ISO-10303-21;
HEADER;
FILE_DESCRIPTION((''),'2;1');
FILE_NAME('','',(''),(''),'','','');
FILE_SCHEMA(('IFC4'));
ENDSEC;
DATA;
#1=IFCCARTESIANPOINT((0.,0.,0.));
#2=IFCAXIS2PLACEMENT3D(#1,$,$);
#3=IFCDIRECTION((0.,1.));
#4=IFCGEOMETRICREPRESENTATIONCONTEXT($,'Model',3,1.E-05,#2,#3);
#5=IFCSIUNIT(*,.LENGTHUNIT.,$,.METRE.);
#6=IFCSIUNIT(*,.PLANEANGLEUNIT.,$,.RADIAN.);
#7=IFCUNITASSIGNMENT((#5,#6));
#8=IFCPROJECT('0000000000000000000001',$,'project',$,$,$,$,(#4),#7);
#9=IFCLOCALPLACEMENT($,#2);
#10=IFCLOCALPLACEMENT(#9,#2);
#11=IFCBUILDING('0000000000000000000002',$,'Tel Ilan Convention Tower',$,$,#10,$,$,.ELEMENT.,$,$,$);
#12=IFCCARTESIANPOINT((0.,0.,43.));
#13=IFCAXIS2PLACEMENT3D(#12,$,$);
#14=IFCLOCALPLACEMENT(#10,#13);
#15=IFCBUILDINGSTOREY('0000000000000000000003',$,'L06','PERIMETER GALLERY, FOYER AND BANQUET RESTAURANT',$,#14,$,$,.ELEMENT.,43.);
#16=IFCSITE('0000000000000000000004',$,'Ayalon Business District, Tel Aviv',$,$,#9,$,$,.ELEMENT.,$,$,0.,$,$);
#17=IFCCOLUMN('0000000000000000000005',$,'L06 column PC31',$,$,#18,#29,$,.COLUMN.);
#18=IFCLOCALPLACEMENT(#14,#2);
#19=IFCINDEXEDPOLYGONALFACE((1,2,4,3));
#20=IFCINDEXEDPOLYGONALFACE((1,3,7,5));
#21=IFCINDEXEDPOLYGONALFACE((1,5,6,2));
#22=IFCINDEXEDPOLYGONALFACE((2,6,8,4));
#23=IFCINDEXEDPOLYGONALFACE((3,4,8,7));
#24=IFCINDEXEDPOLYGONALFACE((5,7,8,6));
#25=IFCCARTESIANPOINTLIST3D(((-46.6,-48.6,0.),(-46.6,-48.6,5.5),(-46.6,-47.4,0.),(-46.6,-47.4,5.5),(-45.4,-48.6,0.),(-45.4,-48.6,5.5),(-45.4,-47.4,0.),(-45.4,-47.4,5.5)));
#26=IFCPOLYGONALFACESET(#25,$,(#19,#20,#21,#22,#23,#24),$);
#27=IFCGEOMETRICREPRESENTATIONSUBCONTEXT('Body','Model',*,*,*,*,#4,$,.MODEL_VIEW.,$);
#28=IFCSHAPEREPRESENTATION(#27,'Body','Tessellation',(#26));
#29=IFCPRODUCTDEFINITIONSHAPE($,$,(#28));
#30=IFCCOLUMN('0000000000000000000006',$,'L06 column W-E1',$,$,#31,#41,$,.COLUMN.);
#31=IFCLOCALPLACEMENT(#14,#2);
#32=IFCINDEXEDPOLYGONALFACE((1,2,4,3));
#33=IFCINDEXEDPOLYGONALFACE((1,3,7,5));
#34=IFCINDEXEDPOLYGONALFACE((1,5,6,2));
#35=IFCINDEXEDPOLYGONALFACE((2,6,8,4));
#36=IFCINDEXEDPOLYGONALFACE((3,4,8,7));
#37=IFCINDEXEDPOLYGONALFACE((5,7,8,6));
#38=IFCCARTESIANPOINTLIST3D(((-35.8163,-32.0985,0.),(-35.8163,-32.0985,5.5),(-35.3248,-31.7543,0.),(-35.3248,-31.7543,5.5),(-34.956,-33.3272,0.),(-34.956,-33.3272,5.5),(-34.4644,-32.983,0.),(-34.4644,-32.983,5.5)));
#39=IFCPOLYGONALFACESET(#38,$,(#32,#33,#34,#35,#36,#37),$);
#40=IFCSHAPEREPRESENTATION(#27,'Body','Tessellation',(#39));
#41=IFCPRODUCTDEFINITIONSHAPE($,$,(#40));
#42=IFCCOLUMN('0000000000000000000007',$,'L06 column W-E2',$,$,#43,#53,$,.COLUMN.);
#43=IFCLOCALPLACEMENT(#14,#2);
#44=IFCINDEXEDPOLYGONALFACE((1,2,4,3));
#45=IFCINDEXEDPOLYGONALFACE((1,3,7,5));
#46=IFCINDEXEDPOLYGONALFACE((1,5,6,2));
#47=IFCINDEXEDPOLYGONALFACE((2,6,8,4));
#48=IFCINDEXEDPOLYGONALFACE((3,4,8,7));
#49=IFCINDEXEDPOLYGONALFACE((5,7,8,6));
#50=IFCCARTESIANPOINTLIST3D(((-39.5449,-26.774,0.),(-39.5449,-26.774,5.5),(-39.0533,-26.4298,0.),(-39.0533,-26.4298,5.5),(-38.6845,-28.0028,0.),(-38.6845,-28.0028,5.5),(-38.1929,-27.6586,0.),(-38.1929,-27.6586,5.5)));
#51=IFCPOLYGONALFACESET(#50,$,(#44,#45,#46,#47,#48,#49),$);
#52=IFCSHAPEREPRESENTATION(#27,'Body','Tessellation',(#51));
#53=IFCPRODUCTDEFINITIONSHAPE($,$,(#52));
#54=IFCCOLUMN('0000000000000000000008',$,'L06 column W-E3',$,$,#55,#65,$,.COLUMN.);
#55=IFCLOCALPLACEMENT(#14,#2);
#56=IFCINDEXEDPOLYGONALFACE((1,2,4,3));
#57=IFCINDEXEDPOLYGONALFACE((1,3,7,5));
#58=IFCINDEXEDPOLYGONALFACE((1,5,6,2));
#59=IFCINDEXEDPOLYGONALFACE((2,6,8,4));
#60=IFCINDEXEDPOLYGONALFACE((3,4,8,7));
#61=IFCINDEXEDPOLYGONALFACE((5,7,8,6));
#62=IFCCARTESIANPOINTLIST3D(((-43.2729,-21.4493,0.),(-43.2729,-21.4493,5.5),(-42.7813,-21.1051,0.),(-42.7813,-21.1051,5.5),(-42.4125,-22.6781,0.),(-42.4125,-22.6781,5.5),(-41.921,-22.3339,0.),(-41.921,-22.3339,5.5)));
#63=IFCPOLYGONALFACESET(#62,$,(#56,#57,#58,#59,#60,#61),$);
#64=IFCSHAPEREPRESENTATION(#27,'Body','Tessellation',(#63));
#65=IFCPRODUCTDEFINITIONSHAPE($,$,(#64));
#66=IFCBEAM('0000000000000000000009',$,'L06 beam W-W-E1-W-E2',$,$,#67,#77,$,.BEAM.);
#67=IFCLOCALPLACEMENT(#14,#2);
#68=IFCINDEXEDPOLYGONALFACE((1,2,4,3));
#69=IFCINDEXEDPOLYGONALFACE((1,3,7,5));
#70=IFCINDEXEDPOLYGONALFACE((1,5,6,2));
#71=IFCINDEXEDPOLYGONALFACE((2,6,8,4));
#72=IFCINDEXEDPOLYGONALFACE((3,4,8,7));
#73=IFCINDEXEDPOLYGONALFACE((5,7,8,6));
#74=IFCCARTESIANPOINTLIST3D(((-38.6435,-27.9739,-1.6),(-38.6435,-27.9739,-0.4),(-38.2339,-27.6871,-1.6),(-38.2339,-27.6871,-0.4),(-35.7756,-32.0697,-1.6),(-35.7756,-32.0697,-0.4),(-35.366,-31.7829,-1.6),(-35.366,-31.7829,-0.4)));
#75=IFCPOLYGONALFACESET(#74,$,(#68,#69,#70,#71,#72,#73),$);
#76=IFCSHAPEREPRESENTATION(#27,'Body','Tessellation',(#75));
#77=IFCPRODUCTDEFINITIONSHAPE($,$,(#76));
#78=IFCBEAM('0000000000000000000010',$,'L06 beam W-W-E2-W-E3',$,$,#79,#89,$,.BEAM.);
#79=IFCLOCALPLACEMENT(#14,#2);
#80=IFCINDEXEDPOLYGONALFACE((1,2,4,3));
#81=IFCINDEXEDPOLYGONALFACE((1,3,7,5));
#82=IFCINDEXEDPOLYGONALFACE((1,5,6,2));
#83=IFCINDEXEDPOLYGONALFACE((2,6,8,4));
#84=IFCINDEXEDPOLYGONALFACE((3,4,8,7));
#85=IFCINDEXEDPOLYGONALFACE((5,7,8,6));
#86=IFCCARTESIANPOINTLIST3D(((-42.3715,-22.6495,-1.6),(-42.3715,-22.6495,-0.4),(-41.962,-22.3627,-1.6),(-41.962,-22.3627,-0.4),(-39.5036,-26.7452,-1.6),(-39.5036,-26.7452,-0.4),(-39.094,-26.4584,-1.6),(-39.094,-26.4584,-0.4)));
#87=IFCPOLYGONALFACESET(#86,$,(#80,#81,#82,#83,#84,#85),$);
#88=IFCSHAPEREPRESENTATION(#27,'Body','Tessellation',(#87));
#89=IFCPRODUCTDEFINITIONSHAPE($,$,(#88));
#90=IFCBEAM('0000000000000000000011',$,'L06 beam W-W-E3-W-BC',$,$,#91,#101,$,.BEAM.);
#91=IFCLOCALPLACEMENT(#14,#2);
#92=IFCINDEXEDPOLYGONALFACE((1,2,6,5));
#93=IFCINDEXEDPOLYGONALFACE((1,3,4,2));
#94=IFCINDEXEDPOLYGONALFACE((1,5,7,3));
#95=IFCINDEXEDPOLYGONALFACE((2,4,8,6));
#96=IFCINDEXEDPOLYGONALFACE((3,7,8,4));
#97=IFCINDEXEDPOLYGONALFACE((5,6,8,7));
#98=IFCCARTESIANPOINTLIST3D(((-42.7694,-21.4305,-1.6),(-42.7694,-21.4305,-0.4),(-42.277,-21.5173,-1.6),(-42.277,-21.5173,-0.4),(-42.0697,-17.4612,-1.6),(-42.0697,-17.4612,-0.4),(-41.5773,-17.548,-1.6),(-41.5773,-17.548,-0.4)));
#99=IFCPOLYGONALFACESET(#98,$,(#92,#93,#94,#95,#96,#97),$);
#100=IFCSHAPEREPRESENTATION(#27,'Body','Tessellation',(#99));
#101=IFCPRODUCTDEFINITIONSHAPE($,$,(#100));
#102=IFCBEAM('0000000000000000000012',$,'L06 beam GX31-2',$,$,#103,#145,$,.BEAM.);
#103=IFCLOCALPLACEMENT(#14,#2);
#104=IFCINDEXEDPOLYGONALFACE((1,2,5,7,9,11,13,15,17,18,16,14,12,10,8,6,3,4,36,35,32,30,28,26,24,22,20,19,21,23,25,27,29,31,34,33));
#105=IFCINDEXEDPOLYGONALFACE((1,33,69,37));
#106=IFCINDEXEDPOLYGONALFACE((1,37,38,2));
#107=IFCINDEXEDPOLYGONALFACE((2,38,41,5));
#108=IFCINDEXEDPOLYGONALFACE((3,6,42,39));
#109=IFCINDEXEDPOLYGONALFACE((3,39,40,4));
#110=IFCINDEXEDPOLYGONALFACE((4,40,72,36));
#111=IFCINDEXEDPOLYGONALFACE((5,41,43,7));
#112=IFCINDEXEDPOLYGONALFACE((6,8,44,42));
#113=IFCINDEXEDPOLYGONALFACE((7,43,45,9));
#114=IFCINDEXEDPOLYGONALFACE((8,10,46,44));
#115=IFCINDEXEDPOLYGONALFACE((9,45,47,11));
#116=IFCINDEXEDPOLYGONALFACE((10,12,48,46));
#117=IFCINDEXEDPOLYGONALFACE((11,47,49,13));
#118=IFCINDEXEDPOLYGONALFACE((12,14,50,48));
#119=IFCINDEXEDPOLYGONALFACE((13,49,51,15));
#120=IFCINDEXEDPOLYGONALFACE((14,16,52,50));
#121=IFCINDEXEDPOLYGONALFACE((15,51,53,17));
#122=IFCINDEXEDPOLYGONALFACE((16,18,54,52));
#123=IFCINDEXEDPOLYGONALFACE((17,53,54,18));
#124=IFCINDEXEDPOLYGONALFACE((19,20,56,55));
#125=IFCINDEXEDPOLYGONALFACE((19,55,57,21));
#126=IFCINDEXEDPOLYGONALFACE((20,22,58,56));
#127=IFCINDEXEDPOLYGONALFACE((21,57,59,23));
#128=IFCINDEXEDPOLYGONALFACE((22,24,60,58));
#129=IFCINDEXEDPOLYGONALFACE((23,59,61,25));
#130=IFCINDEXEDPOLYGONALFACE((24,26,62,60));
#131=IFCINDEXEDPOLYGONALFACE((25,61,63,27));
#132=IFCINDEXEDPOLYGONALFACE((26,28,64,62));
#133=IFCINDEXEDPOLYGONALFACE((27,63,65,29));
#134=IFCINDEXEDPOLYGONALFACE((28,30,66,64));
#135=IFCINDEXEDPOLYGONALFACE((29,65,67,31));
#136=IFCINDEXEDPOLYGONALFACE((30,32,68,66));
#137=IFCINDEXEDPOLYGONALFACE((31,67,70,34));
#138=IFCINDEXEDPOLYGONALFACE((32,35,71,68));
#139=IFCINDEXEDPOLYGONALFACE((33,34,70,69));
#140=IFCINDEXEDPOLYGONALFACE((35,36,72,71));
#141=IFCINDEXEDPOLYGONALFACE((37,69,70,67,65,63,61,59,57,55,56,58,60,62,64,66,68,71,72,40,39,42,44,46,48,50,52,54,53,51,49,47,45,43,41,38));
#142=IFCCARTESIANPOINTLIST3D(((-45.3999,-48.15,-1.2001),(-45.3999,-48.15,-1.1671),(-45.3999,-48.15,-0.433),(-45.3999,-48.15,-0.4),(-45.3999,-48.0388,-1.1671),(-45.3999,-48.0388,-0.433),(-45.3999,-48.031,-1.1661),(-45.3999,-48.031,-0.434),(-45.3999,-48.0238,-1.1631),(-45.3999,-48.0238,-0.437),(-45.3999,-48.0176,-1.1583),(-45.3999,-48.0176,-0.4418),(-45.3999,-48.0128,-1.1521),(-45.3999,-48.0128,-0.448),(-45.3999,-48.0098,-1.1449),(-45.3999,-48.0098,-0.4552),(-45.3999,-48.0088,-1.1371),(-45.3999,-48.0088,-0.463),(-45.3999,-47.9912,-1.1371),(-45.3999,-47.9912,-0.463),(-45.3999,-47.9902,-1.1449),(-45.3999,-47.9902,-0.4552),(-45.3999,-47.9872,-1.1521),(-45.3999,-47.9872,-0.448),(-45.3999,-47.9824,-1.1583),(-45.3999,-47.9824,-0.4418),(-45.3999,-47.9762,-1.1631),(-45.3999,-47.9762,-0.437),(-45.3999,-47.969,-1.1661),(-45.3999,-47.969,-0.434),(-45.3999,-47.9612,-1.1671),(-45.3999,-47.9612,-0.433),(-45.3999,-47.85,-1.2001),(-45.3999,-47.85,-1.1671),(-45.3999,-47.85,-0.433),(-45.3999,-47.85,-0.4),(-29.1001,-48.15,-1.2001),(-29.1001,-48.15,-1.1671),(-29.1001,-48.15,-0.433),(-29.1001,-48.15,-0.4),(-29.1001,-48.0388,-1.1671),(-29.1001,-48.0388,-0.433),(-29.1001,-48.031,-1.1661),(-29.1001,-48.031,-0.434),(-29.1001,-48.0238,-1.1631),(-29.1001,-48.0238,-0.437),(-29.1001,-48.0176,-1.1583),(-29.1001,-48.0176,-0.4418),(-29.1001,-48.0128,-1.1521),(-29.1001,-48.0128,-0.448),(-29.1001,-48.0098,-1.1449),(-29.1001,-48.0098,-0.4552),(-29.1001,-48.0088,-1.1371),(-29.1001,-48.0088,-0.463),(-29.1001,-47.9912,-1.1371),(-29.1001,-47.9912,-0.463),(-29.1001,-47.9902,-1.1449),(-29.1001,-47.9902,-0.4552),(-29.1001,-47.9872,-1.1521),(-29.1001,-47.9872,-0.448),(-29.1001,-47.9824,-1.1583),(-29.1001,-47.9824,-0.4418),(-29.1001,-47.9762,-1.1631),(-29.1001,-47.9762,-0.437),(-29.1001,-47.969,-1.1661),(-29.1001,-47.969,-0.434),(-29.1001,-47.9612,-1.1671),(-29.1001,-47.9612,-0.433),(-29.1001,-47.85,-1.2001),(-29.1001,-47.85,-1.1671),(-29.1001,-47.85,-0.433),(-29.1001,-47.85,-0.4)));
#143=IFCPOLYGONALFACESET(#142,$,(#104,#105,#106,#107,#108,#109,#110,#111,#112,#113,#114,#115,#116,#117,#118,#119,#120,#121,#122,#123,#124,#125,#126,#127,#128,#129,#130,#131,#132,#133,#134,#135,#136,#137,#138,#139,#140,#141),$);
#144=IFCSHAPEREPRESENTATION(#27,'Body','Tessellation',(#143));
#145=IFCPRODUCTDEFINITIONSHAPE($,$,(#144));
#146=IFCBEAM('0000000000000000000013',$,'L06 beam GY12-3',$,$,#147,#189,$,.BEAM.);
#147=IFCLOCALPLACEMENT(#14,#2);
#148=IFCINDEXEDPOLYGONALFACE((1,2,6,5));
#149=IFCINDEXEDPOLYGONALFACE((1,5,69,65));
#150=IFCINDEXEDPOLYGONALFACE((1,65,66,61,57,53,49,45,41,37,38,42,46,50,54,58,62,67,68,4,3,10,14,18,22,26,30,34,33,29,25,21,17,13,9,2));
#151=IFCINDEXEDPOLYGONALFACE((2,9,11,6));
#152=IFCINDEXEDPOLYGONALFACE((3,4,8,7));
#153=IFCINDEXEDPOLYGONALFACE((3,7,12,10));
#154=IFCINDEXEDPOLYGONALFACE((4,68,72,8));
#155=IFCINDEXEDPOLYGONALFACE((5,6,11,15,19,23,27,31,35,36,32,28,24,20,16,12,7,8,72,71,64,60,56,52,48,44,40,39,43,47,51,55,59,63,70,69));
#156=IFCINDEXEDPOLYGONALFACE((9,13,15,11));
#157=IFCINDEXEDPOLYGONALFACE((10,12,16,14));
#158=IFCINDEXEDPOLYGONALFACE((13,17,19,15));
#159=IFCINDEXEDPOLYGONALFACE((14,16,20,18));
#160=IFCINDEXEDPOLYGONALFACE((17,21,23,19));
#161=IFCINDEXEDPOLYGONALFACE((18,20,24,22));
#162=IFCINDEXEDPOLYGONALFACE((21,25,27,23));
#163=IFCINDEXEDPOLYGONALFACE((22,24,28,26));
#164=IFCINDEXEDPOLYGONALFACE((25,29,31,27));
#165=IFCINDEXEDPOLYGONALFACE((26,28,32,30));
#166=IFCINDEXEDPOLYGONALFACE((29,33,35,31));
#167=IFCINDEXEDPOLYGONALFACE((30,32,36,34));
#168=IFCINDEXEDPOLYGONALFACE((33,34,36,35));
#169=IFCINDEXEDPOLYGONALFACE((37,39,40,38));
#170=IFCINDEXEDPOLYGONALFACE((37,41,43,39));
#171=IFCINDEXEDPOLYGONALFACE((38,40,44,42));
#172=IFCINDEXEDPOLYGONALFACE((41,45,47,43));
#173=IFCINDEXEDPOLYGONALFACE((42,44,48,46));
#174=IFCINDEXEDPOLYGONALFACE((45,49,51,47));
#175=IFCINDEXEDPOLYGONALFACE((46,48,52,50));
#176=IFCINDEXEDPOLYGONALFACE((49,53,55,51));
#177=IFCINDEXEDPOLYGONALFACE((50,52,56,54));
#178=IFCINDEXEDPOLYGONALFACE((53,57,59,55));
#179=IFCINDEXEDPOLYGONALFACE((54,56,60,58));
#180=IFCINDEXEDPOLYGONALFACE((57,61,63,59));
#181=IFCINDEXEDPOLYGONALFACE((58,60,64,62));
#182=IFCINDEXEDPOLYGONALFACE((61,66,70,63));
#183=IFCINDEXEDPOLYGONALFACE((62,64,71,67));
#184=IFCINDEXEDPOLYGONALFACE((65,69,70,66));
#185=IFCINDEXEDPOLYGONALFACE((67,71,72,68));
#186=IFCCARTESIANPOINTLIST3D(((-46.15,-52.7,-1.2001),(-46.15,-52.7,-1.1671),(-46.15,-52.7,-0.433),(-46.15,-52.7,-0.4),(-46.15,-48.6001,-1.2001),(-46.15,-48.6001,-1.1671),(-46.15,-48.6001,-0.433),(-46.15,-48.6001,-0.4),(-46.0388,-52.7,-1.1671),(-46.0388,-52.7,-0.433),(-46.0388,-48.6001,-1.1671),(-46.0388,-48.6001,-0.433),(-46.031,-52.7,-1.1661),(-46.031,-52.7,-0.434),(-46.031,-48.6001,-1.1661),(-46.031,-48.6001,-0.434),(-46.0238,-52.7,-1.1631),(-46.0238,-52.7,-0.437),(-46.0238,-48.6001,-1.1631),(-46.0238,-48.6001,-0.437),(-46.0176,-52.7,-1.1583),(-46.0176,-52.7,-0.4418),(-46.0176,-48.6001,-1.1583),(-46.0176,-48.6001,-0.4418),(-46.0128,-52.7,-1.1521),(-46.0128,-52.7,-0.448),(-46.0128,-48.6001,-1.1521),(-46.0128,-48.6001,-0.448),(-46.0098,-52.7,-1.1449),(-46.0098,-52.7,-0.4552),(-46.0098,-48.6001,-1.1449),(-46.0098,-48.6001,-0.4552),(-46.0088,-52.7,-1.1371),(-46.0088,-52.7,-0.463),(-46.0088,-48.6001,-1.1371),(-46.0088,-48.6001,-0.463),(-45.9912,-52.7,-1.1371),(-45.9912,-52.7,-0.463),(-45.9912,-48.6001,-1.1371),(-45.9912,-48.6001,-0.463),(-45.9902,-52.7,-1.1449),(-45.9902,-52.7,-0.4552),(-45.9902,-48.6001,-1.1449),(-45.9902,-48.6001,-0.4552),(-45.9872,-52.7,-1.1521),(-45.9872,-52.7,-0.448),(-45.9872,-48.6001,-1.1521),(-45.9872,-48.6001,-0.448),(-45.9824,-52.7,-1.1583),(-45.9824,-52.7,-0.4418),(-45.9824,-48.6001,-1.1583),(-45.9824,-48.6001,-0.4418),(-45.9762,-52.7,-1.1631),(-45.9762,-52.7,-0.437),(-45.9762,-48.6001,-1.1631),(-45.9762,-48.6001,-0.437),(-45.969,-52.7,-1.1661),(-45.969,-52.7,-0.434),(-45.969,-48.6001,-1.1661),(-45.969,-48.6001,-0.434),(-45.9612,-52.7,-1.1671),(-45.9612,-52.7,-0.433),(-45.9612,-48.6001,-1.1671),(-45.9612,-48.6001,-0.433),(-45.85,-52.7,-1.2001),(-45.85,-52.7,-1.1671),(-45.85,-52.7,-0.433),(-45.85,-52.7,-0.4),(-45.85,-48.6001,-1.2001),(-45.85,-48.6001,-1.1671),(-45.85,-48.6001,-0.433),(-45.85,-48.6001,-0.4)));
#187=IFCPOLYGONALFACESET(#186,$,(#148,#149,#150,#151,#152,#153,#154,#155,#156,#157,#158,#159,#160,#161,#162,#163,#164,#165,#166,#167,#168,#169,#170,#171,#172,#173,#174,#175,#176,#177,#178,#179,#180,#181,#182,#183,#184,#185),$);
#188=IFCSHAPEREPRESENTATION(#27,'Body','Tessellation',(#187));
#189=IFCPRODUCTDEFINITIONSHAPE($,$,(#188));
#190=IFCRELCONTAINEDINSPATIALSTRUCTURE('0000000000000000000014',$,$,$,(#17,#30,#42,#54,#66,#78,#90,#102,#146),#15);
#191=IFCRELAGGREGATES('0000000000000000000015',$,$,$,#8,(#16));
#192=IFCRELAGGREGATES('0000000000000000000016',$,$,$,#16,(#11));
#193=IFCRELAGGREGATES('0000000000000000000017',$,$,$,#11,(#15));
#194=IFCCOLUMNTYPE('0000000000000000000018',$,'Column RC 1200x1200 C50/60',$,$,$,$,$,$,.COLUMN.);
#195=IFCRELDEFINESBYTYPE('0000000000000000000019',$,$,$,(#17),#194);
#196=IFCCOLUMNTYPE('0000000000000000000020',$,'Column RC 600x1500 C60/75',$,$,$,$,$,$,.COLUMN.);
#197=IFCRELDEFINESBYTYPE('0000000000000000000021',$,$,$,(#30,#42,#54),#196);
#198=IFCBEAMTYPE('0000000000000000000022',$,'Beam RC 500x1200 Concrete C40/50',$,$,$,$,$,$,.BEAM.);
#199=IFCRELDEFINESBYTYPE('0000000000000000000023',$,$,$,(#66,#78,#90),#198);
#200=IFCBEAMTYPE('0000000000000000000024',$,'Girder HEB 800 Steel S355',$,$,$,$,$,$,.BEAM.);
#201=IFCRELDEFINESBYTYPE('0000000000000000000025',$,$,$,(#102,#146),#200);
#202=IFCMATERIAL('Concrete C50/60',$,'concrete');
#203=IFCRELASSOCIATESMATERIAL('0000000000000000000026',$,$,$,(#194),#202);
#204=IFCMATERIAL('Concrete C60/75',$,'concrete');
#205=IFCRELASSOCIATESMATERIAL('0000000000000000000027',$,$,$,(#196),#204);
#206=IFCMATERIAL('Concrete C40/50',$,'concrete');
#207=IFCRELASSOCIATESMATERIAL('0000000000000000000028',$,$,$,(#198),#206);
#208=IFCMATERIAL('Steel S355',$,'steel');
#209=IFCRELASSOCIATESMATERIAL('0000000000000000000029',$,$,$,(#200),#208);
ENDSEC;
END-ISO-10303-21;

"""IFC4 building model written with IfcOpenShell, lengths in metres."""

from ifc_helpers import new_model, si_unit, direction, frame, origin, origin_2d, place, context, subcontext, project, spatial, rectangle, i_section, extrude, material, material_profile, profile_set, type_object, element, save


model = new_model("IFC4")

# Units and contexts
model_context = context("Model", 3, precision=1e-05, world=origin(), true_north=direction((0.0, 1.0)))
body_context = subcontext(model_context, "Body", "Model", "MODEL_VIEW")
ifc_project = project(units=[si_unit("LENGTHUNIT", "METRE"), si_unit("PLANEANGLEUNIT", "RADIAN")], contexts=[model_context])

# Site, building, storey
site_placement = place(None, origin())
site = spatial("IfcSite", under=ifc_project, at=site_placement, Name="Ayalon Business District, Tel Aviv", CompositionType="ELEMENT", RefElevation=0.0)
building_placement = place(site_placement, origin())
building = spatial("IfcBuilding", under=site, at=building_placement, Name="Tel Ilan Convention Tower", CompositionType="ELEMENT")
storey_placement = place(building_placement, frame((0.0, 0.0, 43.0)))
storey = spatial("IfcBuildingStorey", under=building, at=storey_placement, Name="L06", Description="PERIMETER GALLERY, FOYER AND BANQUET RESTAURANT", CompositionType="ELEMENT", Elevation=43.0)

# Columns
ifc_material_1 = material(Name="Concrete C50/60", Category="concrete")
ifc_material_profile_1 = material_profile(ifc_material_1, rectangle(XDim=1.2, YDim=1.2, at=origin_2d()), Name="RC 1200x1200")
ifc_profile_set_1 = profile_set([ifc_material_profile_1], Name="Concrete C50/60")
column_type_1 = type_object("IfcColumnType", Name="Column RC 1200x1200 C50/60", PredefinedType="COLUMN", material=ifc_profile_set_1)
column_placement = place(storey_placement, frame((-46.0, -48.0, 0.0), z_axis=(0.0, 0.0, 1.0), x_axis=(1.0, 0.0, 0.0)))
element("IfcColumn", 1, at=column_placement, inside=storey, type_object=column_type_1, Name="L06 column PC31", PredefinedType="COLUMN", context=body_context, shape_type="SweptSolid", body=[
    extrude(rectangle(XDim=1.2, YDim=1.2, at=origin_2d()), origin(), (0.0, 0.0, 1.0), 5.5),
])
ifc_material_2 = material(Name="Concrete C60/75", Category="concrete")
ifc_material_profile_2 = material_profile(ifc_material_2, rectangle(XDim=1.5, YDim=0.6001, at=origin_2d()), Name="RC 600x1500")
ifc_profile_set_2 = profile_set([ifc_material_profile_2], Name="Concrete C60/75")
column_type_2 = type_object("IfcColumnType", Name="Column RC 600x1500 C60/75", PredefinedType="COLUMN", material=ifc_profile_set_2)
for number, where, z_axis, x_axis, name in (
    (2, (-35.1404, -32.5408, 0.0), (0.0, 0.0, 1.0), (-0.573576, 0.819152, 0.0), "L06 column W-E1"),
    (3, (-38.8689, -27.2163, 0.0), (0.0, 0.0, 1.0), (-0.573576, 0.819152, 0.0), "L06 column W-E2"),
    (4, (-42.5969, -21.8916, 0.0), (0.0, 0.0, 1.0), (-0.573576, 0.819152, 0.0), "L06 column W-E3"),
):
    element("IfcColumn", number, at=place(storey_placement, frame(where, z_axis=z_axis, x_axis=x_axis)), inside=storey, type_object=column_type_2, Name=name, PredefinedType="COLUMN", context=body_context, shape_type="SweptSolid", body=[
        extrude(rectangle(XDim=1.5, YDim=0.6001, at=origin_2d()), origin(), (0.0, 0.0, 1.0), 5.5),
    ])

# Beams
ifc_material_3 = material(Name="Concrete C40/50", Category="concrete")
ifc_material_profile_3 = material_profile(ifc_material_3, rectangle(XDim=0.5, YDim=1.2, at=origin_2d()), Name="RC 500x1200")
ifc_profile_set_3 = profile_set([ifc_material_profile_3], Name="Concrete C40/50")
beam_type_1 = type_object("IfcBeamType", Name="Beam RC 500x1200 Concrete C40/50", PredefinedType="BEAM", material=ifc_profile_set_3)
for number, where, z_axis, x_axis, name in (
    (5, (-35.5708, -31.9263, -1.0), (-0.573587, 0.819145, 0.0), (-0.819145, -0.573587, 0.0), "L06 beam W-W-E1-W-E2"),
    (6, (-39.2988, -26.6018, -1.0), (-0.573587, 0.819145, 0.0), (-0.819145, -0.573587, 0.0), "L06 beam W-W-E2-W-E3"),
):
    element("IfcBeam", number, at=place(storey_placement, frame(where, z_axis=z_axis, x_axis=x_axis)), inside=storey, type_object=beam_type_1, Name=name, PredefinedType="BEAM", context=body_context, shape_type="SweptSolid", body=[
        extrude(rectangle(XDim=0.5, YDim=1.2, at=origin_2d()), origin(), (0.0, 0.0, 1.0), 5.0),
    ])
beam_1_placement = place(storey_placement, frame((-42.5232, -21.4739, -1.0), z_axis=(0.173606, 0.984815, 0.0), x_axis=(-0.984815, 0.173606, 0.0)))
element("IfcBeam", 7, at=beam_1_placement, inside=storey, type_object=beam_type_1, Name="L06 beam W-W-E3-W-BC", PredefinedType="BEAM", context=body_context, shape_type="SweptSolid", body=[
    extrude(rectangle(XDim=0.5, YDim=1.2, at=origin_2d()), origin(), (0.0, 0.0, 1.0), 4.0305),
])
ifc_material_4 = material(Name="Steel S355", Category="steel")
ifc_material_profile_4 = material_profile(ifc_material_4, i_section(OverallWidth=0.3, OverallDepth=0.8, WebThickness=0.0176, FlangeThickness=0.033, FilletRadius=0.03, at=origin_2d()), Name="HEB 800")
ifc_profile_set_4 = profile_set([ifc_material_profile_4], Name="Steel S355")
beam_type_2 = type_object("IfcBeamType", Name="Girder HEB 800 Steel S355", PredefinedType="BEAM", material=ifc_profile_set_4)
beam_2_placement = place(storey_placement, frame((-45.3999, -48.0, -0.8), z_axis=(1.0, 0.0, 0.0), x_axis=(0.0, 1.0, 0.0)))
element("IfcBeam", 8, at=beam_2_placement, inside=storey, type_object=beam_type_2, Name="L06 beam GX31-2", PredefinedType="BEAM", context=body_context, shape_type="SweptSolid", body=[
    extrude(i_section(OverallWidth=0.3, OverallDepth=0.8, WebThickness=0.0176, FlangeThickness=0.033, FilletRadius=0.03, at=origin_2d()), origin(), (0.0, 0.0, 1.0), 16.2998),
])
beam_3_placement = place(storey_placement, frame((-46.0, -52.7, -0.8), z_axis=(0.0, 1.0, 0.0), x_axis=(-1.0, 0.0, 0.0)))
element("IfcBeam", 9, at=beam_3_placement, inside=storey, type_object=beam_type_2, Name="L06 beam GY12-3", PredefinedType="BEAM", context=body_context, shape_type="SweptSolid", body=[
    extrude(i_section(OverallWidth=0.3, OverallDepth=0.8, WebThickness=0.0176, FlangeThickness=0.033, FilletRadius=0.03, at=origin_2d()), origin(), (0.0, 0.0, 1.0), 4.0999),
])

save(model, "model.ifc")
